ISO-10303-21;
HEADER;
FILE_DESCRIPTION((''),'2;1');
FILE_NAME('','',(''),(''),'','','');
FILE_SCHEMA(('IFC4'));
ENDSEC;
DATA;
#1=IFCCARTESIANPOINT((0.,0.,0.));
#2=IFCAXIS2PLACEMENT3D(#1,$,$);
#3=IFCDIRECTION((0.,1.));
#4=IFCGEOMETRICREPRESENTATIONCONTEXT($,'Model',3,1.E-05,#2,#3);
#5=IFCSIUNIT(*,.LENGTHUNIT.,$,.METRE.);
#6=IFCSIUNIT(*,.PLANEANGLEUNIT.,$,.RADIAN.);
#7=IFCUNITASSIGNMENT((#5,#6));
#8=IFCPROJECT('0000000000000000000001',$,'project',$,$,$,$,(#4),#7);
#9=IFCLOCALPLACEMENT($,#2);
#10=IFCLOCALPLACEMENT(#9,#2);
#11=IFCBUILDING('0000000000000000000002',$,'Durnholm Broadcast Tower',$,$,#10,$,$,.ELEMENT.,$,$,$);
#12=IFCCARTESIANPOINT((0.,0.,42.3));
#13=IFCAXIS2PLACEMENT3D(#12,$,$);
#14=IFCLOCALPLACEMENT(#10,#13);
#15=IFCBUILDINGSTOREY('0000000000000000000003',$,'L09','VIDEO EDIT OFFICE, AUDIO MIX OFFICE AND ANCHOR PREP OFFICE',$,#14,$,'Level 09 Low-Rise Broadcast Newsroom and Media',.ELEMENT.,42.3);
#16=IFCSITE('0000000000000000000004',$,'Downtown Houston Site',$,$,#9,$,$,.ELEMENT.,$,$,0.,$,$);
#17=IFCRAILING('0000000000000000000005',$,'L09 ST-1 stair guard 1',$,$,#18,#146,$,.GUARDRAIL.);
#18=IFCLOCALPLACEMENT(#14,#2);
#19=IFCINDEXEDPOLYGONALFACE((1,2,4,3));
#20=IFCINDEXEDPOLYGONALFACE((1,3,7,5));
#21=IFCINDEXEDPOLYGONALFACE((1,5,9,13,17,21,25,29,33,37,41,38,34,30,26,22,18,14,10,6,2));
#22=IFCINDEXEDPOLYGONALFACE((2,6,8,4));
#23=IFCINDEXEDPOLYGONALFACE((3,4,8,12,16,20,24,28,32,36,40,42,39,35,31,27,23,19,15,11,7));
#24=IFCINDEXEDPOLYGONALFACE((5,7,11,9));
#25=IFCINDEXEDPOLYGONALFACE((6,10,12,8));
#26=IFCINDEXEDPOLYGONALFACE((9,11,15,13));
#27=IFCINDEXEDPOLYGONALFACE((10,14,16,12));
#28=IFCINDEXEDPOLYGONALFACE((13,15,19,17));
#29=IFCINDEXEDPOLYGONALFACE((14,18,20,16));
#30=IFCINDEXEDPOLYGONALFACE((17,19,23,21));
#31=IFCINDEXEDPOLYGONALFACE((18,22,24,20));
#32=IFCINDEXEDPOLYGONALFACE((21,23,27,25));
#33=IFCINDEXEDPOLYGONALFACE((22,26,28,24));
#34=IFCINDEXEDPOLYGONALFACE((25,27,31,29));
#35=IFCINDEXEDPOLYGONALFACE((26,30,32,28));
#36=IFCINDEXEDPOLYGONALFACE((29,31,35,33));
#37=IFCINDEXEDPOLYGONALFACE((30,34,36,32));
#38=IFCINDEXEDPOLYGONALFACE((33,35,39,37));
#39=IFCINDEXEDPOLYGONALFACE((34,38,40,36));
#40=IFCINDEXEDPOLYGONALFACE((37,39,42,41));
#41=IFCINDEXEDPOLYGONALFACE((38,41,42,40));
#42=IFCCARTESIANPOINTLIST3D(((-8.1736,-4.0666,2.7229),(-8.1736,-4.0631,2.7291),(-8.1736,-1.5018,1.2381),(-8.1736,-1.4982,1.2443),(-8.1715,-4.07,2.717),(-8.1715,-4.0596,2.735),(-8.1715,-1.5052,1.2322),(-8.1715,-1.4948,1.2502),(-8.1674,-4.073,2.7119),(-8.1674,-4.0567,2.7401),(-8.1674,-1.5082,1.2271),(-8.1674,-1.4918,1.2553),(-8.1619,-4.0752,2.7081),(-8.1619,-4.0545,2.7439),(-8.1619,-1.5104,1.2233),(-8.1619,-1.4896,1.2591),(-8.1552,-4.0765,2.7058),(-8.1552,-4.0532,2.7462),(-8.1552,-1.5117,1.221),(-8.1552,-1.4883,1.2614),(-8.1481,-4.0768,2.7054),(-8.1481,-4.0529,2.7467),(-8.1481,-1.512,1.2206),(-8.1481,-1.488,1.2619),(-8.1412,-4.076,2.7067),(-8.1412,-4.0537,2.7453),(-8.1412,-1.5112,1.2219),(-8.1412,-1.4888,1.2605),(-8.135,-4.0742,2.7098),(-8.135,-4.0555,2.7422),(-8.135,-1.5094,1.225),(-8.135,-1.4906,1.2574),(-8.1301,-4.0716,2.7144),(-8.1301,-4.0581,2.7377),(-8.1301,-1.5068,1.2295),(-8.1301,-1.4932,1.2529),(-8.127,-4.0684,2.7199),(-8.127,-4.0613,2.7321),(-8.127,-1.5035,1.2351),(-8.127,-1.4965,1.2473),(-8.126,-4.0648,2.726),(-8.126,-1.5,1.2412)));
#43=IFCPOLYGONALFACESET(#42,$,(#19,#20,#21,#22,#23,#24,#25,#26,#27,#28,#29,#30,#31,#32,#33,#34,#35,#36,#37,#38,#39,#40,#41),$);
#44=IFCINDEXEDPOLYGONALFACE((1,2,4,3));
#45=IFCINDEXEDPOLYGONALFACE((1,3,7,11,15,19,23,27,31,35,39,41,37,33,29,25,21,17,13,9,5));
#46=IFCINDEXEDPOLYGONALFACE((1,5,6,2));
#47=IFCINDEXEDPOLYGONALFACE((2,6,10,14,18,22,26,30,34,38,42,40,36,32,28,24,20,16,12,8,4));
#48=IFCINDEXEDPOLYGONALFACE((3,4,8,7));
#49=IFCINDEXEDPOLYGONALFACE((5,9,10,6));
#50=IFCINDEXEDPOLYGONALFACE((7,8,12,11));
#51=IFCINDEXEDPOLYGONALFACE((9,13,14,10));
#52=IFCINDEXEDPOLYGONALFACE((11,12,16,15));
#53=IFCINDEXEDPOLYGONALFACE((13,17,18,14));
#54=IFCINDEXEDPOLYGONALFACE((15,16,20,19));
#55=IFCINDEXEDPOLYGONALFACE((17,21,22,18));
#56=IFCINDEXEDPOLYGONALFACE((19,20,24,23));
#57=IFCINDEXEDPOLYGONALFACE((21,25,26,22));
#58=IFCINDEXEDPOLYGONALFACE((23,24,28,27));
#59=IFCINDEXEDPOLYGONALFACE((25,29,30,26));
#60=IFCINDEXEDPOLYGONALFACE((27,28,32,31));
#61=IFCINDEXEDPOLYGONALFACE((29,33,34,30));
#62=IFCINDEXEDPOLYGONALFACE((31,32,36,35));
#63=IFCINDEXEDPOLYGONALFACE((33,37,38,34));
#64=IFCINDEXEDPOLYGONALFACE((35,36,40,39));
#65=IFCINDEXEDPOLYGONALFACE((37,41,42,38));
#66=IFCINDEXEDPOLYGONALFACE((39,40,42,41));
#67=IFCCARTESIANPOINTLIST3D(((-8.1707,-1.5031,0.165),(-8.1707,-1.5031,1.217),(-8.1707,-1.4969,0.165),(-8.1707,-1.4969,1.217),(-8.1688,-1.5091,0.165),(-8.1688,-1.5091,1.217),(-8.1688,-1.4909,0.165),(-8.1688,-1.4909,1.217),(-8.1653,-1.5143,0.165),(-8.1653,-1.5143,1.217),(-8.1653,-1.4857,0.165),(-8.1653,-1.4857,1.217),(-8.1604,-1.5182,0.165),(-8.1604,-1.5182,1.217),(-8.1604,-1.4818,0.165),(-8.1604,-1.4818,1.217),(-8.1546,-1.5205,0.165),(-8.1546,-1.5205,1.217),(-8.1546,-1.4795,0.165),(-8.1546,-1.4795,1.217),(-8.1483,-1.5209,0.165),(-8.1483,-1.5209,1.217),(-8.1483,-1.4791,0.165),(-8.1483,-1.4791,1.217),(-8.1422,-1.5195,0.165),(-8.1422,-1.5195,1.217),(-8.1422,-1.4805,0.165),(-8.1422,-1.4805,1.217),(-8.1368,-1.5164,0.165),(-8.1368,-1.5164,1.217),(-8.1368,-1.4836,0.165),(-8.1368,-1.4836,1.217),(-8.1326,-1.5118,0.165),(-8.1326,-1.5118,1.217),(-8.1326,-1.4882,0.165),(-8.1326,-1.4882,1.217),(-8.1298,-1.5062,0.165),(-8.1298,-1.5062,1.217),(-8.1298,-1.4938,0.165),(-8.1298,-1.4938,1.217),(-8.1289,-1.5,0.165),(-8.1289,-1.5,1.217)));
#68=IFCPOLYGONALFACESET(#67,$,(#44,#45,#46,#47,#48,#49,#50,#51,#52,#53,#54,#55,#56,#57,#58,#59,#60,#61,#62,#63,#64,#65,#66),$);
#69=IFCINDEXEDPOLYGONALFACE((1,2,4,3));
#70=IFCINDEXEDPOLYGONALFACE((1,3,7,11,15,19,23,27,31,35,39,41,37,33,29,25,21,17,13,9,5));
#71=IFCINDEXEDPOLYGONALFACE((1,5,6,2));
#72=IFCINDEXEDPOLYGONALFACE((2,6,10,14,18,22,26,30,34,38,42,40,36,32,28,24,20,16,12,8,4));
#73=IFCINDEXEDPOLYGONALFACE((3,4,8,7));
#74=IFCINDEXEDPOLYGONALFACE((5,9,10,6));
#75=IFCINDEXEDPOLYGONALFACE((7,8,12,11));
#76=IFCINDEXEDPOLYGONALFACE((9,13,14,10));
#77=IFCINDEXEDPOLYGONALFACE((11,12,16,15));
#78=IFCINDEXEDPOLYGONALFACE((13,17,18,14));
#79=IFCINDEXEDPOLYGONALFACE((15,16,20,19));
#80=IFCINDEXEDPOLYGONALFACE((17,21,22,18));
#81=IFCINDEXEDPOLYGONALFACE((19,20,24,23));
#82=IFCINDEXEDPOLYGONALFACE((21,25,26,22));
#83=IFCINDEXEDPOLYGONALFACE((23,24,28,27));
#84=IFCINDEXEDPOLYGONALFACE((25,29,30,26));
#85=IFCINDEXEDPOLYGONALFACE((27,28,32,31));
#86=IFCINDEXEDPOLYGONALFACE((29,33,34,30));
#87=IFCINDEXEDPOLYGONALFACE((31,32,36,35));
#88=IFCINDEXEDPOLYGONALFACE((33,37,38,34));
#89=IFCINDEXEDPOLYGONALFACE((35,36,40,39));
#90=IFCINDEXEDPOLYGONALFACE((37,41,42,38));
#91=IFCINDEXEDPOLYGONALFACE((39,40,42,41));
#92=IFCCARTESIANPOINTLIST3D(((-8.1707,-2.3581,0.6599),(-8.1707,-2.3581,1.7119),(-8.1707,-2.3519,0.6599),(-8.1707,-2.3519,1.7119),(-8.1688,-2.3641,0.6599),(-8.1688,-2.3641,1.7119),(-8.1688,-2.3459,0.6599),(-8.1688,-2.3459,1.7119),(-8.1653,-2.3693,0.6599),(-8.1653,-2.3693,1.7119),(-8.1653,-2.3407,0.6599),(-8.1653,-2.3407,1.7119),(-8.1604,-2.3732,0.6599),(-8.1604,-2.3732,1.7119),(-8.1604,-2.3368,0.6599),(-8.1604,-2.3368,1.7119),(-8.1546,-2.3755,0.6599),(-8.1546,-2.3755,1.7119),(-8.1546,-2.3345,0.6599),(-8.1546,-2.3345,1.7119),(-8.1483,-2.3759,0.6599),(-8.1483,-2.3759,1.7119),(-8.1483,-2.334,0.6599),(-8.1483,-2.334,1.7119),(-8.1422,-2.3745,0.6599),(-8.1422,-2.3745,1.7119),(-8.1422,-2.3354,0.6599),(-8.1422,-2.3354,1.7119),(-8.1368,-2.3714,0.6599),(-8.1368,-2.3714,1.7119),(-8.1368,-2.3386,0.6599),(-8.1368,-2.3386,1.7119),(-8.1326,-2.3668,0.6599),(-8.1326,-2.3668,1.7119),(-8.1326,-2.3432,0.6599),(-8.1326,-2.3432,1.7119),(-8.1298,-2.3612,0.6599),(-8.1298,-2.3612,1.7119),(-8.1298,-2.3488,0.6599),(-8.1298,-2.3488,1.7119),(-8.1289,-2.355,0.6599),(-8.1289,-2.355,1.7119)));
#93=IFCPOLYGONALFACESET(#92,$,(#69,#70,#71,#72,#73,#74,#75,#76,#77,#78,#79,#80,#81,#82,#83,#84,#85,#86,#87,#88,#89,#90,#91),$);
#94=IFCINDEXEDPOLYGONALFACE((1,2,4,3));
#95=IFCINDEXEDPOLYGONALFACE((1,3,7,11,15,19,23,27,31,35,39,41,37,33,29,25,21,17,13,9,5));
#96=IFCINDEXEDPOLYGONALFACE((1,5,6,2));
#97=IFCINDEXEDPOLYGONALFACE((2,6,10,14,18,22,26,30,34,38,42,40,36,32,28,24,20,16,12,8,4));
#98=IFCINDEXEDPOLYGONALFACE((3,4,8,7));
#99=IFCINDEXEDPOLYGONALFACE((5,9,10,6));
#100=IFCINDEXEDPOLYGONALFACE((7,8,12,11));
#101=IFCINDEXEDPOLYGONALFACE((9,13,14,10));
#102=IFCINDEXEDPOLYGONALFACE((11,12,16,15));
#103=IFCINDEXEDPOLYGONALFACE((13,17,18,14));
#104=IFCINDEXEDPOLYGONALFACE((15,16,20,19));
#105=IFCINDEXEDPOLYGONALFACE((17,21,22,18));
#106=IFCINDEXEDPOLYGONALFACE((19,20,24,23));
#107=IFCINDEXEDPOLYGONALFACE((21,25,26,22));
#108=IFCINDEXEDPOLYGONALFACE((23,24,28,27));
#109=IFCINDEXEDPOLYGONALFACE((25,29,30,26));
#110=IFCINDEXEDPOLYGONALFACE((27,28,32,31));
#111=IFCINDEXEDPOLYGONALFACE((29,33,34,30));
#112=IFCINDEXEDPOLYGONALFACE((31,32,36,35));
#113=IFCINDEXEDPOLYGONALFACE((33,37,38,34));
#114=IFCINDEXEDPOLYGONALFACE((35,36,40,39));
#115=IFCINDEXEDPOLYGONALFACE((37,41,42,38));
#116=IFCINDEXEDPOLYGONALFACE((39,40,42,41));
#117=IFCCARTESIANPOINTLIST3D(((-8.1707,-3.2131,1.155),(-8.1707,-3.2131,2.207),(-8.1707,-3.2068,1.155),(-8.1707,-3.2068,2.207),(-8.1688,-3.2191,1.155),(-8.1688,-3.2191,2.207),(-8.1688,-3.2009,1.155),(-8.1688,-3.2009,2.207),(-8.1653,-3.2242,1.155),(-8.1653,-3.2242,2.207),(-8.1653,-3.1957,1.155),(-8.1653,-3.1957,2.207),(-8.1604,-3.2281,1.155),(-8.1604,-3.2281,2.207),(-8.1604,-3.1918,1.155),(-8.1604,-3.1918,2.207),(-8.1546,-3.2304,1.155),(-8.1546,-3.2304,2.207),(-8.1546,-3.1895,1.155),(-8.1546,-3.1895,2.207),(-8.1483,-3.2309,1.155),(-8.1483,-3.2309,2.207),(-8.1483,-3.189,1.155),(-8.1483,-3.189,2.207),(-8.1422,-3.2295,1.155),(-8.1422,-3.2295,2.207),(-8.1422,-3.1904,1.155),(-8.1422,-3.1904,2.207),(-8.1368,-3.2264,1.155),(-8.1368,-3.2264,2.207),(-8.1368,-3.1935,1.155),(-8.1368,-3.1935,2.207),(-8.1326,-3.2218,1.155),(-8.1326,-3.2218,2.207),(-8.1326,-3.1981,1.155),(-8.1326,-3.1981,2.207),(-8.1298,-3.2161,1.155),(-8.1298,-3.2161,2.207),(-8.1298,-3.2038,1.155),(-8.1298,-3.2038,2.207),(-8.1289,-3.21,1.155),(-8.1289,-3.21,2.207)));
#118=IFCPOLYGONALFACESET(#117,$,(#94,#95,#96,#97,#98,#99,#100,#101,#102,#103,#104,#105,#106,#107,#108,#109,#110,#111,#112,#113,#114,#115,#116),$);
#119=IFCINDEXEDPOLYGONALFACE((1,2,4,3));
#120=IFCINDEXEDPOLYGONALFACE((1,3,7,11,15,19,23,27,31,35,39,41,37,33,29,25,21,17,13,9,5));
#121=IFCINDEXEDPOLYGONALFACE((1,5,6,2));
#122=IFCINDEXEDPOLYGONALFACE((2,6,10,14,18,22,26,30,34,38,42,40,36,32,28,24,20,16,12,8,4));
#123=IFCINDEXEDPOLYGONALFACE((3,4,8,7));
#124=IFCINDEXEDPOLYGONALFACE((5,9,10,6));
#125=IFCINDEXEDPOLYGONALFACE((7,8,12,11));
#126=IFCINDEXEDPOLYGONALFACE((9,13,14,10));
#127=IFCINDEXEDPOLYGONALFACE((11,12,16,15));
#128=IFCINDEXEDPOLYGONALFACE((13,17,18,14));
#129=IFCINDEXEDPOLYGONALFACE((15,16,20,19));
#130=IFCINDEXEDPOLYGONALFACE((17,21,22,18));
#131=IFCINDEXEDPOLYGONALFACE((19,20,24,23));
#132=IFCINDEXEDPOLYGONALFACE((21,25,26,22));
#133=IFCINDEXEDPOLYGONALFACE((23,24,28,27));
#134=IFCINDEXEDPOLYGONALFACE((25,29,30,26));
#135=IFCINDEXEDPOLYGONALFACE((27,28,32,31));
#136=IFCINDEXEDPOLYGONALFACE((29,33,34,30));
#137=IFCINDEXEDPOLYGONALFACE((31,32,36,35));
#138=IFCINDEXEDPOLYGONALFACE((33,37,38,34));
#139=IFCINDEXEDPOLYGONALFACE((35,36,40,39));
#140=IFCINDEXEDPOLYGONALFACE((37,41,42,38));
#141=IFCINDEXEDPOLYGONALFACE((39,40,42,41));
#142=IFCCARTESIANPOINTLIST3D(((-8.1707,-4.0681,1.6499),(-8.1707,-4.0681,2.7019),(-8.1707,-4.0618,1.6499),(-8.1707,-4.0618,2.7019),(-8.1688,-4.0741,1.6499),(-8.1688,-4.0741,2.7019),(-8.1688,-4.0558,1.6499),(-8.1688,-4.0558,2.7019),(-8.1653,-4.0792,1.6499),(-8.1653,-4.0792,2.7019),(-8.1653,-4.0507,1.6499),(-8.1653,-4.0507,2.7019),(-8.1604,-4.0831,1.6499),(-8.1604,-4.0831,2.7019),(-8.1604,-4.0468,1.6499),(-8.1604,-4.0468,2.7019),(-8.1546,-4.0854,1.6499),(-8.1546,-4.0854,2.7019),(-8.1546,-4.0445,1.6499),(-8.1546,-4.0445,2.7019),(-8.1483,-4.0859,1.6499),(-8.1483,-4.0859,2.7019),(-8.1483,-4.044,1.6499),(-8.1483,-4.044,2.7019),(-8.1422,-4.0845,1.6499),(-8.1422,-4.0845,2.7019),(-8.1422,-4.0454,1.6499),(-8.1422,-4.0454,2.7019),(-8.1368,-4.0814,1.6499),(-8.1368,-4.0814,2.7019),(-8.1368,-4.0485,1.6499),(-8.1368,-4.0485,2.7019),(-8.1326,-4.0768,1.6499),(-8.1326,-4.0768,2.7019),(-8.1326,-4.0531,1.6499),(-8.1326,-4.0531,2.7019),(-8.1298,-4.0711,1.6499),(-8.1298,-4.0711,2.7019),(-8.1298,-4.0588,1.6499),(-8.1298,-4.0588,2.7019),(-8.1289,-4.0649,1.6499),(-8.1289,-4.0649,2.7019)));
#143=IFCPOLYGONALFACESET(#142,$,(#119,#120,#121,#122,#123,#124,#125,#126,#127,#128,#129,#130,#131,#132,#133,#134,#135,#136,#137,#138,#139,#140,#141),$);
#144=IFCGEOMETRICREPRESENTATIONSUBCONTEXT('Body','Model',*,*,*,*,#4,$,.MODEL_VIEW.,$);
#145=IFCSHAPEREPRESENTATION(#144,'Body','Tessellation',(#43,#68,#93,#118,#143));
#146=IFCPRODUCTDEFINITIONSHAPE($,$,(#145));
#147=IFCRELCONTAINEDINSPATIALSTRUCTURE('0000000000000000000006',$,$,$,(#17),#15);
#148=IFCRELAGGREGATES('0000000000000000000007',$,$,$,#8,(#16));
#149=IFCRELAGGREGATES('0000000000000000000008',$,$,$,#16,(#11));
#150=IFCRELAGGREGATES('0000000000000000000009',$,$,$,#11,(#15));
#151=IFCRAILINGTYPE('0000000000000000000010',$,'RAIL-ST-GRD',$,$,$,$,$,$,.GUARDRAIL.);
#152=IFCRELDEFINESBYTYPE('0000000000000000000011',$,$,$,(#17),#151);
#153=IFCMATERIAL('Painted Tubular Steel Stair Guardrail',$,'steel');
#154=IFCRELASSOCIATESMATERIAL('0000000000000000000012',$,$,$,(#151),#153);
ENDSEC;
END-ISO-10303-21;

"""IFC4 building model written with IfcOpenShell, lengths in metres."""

from ifc_helpers import new_model, si_unit, direction, frame, origin, origin_2d, place, context, subcontext, project, spatial, circle, extrude, material, type_object, element, save


model = new_model("IFC4")

# Units and contexts
model_context = context("Model", 3, precision=1e-05, world=origin(), true_north=direction((0.0, 1.0)))
body_context = subcontext(model_context, "Body", "Model", "MODEL_VIEW")
ifc_project = project(units=[si_unit("LENGTHUNIT", "METRE"), si_unit("PLANEANGLEUNIT", "RADIAN")], contexts=[model_context])

# Site, building, storey
site_placement = place(None, origin())
site = spatial("IfcSite", under=ifc_project, at=site_placement, Name="Downtown Houston Site", CompositionType="ELEMENT", RefElevation=0.0)
building_placement = place(site_placement, origin())
building = spatial("IfcBuilding", under=site, at=building_placement, Name="Durnholm Broadcast Tower", CompositionType="ELEMENT")
storey_placement = place(building_placement, frame((0.0, 0.0, 42.3)))
storey = spatial("IfcBuildingStorey", under=building, at=storey_placement, Name="L09", Description="VIDEO EDIT OFFICE, AUDIO MIX OFFICE AND ANCHOR PREP OFFICE", LongName="Level 09 Low-Rise Broadcast Newsroom and Media", CompositionType="ELEMENT", Elevation=42.3)

# Railing
ifc_material_1 = material(Name="Painted Tubular Steel Stair Guardrail", Category="steel")
railing_type_1 = type_object("IfcRailingType", Name="RAIL-ST-GRD", PredefinedType="GUARDRAIL", material=ifc_material_1)
railing_1_placement = place(storey_placement, frame((-8.1499, -1.5, 0.165)))
element("IfcRailing", 1, at=railing_1_placement, inside=storey, type_object=railing_type_1, Name="L09 ST-1 stair guard 1", PredefinedType="GUARDRAIL", context=body_context, shape_type="SweptSolid", body=[
    extrude(circle(Radius=0.0239, at=origin_2d()), frame((0.0, 0.0, 1.0762), z_axis=(0.0, -0.865441, 0.50101), x_axis=(1.0, 0.0, 0.0)), (0.0, 0.0, 1.0), 2.9636),
    extrude(circle(Radius=0.021, at=origin_2d()), origin(), (0.0, 0.0, 1.0), 1.052),
    extrude(circle(Radius=0.021, at=origin_2d()), frame((0.0, -0.855, 0.4949)), (0.0, 0.0, 1.0), 1.052),
    extrude(circle(Radius=0.021, at=origin_2d()), frame((0.0, -1.71, 0.99)), (0.0, 0.0, 1.0), 1.052),
    extrude(circle(Radius=0.021, at=origin_2d()), frame((0.0, -2.5649, 1.4849)), (0.0, 0.0, 1.0), 1.052),
])

save(model, "model.ifc")
